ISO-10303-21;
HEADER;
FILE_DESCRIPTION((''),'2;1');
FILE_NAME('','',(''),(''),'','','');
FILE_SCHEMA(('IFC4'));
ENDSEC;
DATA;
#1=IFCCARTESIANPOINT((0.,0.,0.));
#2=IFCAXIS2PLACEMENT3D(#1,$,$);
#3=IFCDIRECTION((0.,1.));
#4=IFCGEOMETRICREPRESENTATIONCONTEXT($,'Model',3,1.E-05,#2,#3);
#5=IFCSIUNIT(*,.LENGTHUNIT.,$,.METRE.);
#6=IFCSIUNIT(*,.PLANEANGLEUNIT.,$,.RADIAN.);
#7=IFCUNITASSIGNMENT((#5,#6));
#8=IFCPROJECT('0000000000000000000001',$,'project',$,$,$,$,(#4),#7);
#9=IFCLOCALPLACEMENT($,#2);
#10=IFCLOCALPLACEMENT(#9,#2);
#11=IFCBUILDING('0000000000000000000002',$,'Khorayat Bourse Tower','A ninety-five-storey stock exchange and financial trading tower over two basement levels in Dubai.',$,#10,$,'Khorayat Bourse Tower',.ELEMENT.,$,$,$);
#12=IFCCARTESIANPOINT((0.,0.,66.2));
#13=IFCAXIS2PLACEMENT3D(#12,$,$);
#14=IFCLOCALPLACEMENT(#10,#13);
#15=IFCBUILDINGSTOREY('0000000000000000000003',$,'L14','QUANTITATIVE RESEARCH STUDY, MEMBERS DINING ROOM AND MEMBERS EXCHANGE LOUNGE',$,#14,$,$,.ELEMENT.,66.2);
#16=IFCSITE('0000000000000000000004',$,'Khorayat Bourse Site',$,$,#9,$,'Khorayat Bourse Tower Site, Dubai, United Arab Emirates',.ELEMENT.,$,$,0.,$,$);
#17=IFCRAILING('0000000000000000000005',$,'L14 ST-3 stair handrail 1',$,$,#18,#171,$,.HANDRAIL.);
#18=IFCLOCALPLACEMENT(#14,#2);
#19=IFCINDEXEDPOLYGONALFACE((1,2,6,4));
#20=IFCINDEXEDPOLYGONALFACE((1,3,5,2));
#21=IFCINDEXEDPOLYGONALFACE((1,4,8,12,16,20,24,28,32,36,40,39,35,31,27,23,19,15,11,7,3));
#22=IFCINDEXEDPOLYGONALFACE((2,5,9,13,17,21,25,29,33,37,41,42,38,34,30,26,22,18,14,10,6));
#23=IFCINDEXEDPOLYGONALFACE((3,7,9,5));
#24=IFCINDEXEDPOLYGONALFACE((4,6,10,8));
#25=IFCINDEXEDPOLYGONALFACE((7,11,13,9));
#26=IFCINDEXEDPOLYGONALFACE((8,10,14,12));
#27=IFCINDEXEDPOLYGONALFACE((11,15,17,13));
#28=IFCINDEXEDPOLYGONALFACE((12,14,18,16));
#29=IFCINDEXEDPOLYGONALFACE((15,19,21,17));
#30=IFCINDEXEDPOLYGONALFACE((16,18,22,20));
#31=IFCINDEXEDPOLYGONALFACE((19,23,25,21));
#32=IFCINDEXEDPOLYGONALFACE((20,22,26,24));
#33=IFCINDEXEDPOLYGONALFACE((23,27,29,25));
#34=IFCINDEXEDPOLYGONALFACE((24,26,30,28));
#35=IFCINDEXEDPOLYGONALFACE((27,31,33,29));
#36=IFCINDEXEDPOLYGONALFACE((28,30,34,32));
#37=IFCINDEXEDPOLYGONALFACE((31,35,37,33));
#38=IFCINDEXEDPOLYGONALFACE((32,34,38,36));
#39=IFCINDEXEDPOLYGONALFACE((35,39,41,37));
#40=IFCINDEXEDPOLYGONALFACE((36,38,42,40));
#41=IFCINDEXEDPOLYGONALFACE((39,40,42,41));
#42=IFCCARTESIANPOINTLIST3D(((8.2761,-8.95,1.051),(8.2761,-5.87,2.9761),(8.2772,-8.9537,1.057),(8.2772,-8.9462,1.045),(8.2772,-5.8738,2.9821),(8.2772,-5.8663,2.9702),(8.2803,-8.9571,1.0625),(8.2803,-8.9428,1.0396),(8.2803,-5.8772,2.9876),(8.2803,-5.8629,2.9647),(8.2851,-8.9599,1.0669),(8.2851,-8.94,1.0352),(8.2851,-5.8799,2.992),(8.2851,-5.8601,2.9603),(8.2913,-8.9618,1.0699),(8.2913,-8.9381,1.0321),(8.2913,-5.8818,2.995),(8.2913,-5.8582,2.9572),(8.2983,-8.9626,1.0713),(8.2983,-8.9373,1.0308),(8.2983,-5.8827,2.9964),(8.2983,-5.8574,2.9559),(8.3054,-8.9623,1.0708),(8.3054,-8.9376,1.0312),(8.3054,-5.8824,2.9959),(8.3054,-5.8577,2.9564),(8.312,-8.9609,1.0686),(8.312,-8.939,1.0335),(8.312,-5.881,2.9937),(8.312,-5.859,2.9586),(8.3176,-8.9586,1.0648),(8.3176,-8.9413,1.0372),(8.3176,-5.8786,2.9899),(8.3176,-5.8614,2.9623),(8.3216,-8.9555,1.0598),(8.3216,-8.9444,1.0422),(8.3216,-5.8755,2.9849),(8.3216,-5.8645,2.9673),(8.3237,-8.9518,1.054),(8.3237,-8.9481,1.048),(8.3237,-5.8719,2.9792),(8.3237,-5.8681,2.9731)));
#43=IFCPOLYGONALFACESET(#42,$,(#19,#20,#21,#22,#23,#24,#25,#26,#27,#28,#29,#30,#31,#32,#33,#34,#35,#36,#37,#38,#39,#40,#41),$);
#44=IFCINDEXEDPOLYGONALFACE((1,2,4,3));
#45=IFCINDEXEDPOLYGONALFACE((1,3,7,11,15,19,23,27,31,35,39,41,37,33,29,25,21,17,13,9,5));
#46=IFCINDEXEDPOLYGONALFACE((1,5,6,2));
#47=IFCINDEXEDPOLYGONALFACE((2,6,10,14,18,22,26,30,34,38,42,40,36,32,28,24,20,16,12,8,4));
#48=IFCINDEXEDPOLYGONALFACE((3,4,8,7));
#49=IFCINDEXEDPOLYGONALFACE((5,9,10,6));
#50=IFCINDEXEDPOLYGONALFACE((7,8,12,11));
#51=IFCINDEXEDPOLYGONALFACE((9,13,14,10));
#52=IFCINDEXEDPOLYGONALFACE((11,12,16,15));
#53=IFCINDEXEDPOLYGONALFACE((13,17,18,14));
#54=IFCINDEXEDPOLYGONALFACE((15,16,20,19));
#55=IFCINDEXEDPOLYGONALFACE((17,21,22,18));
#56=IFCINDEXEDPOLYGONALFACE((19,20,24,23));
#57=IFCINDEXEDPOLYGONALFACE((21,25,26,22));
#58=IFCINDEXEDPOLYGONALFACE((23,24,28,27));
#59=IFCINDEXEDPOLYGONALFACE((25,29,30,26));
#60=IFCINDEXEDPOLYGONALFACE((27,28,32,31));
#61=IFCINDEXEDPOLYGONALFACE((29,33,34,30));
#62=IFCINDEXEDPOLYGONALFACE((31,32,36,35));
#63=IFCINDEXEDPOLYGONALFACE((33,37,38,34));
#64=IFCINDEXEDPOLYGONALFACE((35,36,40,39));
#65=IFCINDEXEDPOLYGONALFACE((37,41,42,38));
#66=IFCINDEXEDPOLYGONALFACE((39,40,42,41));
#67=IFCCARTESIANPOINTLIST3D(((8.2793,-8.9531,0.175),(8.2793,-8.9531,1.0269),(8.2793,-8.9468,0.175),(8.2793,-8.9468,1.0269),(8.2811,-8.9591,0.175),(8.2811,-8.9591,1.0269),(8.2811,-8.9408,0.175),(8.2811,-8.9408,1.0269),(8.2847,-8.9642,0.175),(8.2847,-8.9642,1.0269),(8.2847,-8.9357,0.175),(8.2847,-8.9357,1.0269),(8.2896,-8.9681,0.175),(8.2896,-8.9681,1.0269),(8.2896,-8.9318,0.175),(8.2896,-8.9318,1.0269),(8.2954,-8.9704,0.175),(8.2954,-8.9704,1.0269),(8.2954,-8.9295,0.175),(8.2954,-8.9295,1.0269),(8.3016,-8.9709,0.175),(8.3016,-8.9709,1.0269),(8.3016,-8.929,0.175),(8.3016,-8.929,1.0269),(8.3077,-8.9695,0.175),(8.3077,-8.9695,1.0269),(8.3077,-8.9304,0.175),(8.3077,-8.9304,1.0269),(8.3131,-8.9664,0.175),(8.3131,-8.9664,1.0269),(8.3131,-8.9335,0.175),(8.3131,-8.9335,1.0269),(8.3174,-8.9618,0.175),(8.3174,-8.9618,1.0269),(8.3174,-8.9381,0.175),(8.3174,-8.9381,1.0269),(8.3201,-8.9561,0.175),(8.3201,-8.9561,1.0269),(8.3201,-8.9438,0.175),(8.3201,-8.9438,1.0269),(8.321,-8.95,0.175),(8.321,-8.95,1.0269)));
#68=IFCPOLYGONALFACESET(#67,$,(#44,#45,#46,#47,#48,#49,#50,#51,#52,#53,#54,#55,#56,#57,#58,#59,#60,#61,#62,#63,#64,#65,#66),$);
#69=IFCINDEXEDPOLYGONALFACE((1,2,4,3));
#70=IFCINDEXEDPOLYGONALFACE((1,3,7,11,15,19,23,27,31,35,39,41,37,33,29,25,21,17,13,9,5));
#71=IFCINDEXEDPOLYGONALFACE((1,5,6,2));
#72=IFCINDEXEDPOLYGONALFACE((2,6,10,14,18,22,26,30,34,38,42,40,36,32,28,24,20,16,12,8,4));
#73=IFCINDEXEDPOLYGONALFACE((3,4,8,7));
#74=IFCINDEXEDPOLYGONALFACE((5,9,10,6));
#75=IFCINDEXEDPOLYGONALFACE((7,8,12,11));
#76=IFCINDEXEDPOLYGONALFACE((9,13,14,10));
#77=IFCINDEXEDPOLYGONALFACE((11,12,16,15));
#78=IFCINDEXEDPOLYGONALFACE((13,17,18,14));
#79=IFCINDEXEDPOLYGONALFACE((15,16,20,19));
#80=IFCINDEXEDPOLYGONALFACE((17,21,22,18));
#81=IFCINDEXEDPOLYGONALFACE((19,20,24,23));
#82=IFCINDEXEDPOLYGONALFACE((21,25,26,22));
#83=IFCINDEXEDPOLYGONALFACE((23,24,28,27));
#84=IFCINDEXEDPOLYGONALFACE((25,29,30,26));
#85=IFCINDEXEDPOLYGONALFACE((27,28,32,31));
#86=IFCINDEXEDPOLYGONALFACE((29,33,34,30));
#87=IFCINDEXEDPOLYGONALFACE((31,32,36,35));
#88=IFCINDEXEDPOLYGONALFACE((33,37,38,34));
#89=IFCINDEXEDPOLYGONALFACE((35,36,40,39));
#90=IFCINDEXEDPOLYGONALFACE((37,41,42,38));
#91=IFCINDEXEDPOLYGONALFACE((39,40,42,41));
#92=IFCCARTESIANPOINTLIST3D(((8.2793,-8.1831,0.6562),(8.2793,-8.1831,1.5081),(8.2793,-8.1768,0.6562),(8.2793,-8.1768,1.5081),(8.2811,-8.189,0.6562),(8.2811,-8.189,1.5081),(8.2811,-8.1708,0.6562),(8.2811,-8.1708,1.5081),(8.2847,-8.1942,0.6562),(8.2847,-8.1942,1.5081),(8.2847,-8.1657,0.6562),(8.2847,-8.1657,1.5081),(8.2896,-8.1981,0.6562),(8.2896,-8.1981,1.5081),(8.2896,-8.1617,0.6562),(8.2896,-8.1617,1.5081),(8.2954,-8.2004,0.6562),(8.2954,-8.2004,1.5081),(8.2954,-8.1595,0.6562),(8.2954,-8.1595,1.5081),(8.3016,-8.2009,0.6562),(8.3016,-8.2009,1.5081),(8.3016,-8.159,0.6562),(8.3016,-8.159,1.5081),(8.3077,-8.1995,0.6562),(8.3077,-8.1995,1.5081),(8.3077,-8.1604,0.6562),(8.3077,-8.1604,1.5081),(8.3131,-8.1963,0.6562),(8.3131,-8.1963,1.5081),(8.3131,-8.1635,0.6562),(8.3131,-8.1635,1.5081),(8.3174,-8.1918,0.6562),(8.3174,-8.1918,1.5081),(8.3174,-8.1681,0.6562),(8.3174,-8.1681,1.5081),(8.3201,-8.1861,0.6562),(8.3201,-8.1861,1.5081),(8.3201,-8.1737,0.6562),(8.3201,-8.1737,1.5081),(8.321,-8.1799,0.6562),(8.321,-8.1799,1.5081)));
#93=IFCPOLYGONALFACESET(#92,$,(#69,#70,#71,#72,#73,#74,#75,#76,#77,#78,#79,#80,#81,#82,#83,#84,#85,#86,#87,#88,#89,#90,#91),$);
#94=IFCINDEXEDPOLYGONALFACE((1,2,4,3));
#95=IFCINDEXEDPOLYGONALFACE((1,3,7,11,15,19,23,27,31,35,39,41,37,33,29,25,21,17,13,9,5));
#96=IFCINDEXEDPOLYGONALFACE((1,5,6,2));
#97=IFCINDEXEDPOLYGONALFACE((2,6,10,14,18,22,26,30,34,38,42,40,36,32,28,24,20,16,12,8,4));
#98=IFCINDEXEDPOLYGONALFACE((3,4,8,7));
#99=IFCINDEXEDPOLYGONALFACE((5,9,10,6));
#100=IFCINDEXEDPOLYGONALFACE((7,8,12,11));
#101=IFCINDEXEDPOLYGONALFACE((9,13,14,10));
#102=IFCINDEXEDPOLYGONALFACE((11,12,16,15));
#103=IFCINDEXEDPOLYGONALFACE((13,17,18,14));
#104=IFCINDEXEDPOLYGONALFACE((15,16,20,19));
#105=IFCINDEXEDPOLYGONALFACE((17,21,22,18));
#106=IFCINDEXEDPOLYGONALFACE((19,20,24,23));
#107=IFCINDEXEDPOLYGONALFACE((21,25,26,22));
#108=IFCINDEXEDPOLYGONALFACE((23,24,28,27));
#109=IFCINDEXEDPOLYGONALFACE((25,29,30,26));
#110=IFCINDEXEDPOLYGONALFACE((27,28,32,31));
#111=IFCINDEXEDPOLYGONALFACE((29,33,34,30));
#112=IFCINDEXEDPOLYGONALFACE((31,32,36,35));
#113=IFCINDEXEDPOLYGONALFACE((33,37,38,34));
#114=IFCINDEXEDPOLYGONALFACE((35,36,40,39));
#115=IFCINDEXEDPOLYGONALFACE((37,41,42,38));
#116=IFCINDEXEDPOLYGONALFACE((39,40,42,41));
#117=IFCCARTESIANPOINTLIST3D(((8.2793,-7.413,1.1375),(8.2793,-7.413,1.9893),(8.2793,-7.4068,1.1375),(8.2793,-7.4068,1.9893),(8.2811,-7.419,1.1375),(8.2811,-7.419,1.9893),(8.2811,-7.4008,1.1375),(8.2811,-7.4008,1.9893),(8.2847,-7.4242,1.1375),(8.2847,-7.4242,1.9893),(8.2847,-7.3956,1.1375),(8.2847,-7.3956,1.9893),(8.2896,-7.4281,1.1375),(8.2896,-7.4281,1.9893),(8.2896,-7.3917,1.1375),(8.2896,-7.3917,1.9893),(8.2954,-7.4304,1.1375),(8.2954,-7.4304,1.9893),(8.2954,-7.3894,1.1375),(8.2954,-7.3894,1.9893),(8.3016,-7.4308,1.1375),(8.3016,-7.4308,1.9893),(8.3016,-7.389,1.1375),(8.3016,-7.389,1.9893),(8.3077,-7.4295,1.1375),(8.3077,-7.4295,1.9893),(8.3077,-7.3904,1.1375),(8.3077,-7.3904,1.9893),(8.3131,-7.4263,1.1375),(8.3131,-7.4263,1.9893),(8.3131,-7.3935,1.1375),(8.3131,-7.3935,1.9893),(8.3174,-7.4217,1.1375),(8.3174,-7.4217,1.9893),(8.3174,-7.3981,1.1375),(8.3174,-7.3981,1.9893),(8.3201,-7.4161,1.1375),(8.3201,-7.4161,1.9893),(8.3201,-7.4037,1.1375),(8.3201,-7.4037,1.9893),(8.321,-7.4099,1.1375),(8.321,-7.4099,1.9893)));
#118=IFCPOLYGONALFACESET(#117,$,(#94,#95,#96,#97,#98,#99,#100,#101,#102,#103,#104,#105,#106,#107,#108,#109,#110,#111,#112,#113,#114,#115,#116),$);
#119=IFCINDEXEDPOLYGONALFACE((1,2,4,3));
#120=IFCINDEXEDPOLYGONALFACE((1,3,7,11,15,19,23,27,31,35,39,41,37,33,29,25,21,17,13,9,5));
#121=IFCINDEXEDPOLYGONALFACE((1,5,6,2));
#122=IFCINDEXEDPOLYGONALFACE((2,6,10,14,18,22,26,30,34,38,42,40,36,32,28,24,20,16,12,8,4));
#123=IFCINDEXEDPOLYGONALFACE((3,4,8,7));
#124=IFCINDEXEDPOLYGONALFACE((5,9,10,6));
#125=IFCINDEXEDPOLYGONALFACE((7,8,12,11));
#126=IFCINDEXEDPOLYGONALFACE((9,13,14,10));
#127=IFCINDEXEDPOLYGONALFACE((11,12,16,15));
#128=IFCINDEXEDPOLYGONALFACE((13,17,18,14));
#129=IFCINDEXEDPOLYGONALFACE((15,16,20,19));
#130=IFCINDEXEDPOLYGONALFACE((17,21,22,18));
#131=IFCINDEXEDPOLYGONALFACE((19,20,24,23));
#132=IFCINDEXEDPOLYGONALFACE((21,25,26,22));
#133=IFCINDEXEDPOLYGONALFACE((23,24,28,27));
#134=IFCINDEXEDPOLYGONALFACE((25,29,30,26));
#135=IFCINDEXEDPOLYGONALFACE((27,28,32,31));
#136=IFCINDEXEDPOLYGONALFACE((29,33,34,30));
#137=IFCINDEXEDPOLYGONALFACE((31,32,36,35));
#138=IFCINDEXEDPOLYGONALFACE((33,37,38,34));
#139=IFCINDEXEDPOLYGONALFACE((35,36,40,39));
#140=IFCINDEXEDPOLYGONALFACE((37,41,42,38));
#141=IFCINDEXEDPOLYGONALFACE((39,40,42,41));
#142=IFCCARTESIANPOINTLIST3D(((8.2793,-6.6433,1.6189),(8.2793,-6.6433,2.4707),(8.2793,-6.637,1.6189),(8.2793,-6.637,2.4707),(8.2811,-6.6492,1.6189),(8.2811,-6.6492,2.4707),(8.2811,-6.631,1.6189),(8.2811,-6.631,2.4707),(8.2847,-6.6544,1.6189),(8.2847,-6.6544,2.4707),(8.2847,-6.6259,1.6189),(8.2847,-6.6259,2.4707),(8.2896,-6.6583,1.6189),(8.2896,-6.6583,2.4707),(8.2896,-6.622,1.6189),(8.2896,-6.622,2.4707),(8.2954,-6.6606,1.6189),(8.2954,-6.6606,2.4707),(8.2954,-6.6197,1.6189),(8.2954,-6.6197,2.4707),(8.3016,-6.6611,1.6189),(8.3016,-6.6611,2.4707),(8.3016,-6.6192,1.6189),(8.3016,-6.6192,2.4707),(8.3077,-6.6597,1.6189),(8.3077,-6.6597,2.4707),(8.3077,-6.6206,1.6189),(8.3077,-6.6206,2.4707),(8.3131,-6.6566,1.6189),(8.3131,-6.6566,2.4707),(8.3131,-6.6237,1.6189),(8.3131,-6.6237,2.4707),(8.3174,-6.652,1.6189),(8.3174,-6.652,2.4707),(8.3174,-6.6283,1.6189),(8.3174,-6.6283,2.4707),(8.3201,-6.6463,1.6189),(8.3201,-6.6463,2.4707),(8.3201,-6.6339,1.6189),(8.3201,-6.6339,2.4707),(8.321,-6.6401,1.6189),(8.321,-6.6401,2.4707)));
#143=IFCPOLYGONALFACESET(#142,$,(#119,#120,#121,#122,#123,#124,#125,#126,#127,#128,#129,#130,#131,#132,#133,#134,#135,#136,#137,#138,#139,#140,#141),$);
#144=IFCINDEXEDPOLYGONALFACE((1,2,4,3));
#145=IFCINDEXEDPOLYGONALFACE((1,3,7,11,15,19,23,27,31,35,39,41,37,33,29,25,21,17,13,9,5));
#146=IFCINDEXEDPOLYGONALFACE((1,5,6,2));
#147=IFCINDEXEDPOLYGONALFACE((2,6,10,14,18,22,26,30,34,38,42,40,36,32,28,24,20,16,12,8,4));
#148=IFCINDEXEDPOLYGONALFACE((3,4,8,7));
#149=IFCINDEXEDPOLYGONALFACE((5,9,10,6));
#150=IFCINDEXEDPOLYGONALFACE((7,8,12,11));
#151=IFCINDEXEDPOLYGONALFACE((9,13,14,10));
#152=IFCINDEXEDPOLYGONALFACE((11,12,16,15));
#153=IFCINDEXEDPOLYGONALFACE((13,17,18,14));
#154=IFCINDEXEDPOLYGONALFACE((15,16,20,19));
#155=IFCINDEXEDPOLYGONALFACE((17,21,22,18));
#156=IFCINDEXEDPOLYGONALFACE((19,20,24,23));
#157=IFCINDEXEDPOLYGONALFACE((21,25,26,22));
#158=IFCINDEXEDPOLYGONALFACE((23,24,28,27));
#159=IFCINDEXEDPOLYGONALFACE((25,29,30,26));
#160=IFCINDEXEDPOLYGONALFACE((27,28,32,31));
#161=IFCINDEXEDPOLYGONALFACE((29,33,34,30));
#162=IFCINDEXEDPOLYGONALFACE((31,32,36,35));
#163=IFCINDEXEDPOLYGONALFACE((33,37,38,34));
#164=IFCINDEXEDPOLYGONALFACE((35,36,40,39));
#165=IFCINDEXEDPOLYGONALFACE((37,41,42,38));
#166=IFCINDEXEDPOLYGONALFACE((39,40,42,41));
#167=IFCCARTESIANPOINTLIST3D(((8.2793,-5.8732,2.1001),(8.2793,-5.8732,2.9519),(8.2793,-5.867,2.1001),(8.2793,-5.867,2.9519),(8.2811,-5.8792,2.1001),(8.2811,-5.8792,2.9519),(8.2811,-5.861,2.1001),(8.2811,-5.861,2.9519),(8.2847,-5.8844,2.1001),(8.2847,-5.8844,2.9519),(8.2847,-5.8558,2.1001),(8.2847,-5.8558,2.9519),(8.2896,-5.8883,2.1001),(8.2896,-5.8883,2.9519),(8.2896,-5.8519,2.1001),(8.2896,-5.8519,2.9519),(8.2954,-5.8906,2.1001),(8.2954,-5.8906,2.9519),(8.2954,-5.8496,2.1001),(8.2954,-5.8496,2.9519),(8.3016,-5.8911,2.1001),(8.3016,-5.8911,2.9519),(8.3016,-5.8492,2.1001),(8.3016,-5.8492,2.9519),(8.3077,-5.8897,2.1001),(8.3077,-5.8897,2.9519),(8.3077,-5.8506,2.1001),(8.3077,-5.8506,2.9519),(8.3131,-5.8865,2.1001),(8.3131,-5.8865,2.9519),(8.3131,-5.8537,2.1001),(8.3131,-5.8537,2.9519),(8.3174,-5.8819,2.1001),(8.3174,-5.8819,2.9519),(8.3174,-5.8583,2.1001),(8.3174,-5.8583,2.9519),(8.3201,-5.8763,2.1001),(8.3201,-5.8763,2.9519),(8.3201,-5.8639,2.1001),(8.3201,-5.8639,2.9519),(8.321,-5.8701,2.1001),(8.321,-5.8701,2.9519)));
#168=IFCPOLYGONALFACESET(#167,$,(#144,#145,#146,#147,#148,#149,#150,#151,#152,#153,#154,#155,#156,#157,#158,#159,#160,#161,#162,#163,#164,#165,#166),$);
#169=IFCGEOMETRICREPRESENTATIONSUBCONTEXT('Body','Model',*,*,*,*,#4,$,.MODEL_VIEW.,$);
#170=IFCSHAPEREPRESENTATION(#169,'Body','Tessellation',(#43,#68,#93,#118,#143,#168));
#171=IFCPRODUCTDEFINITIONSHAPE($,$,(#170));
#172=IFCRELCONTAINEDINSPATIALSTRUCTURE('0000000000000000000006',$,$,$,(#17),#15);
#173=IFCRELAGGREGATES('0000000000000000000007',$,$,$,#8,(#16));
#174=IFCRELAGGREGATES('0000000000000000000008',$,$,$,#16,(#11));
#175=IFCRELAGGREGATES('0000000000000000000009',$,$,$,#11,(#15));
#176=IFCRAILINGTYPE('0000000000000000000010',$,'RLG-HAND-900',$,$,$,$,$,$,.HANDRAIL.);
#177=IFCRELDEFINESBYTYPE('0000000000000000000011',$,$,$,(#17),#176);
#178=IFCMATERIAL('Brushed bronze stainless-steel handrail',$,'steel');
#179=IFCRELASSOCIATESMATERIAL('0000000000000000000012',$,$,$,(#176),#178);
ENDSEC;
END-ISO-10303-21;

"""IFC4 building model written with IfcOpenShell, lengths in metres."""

from ifc_helpers import new_model, si_unit, direction, frame, origin, origin_2d, place, context, subcontext, project, spatial, circle, extrude, source, transform, mapped, material, type_object, element, save


model = new_model("IFC4")

# Units and contexts
model_context = context("Model", 3, precision=1e-05, world=origin(), true_north=direction((0.0, 1.0)))
body_context = subcontext(model_context, "Body", "Model", "MODEL_VIEW")
ifc_project = project(units=[si_unit("LENGTHUNIT", "METRE"), si_unit("PLANEANGLEUNIT", "RADIAN")], contexts=[model_context])

# Site, building, storey
site_placement = place(None, origin())
site = spatial("IfcSite", under=ifc_project, at=site_placement, Name="Khorayat Bourse Site", LongName="Khorayat Bourse Tower Site, Dubai, United Arab Emirates", CompositionType="ELEMENT", RefElevation=0.0)
building_placement = place(site_placement, origin())
building = spatial("IfcBuilding", under=site, at=building_placement, Name="Khorayat Bourse Tower", Description="A ninety-five-storey stock exchange and financial trading tower over two basement levels in Dubai.", LongName="Khorayat Bourse Tower", CompositionType="ELEMENT")
storey_placement = place(building_placement, frame((0.0, 0.0, 66.2)))
storey = spatial("IfcBuildingStorey", under=building, at=storey_placement, Name="L14", Description="QUANTITATIVE RESEARCH STUDY, MEMBERS DINING ROOM AND MEMBERS EXCHANGE LOUNGE", CompositionType="ELEMENT", Elevation=66.2)

# Railing
ifc_material_1 = material(Name="Brushed bronze stainless-steel handrail", Category="steel")
railing_type_1 = type_object("IfcRailingType", Name="RLG-HAND-900", PredefinedType="HANDRAIL", material=ifc_material_1)
shared_shape_1 = source(origin(), body_context, "Body", "SweptSolid", [
    extrude(circle(Radius=0.0239, at=origin_2d()), frame((0.0, 0.0, 0.876), z_axis=(0.0, 0.847979, 0.530029), x_axis=(-1.0, 0.0, 0.0)), (0.0, 0.0, 1.0), 3.6321),
    extrude(circle(Radius=0.021, at=origin_2d()), origin(), (0.0, 0.0, 1.0), 0.8518),
    extrude(circle(Radius=0.021, at=origin_2d()), frame((0.0, 0.77, 0.4812)), (0.0, 0.0, 1.0), 0.8518),
    extrude(circle(Radius=0.021, at=origin_2d()), frame((0.0, 1.54, 0.9624)), (0.0, 0.0, 1.0), 0.8518),
    extrude(circle(Radius=0.021, at=origin_2d()), frame((0.0, 2.3098, 1.4438)), (0.0, 0.0, 1.0), 0.8518),
    extrude(circle(Radius=0.021, at=origin_2d()), frame((0.0, 3.0798, 1.925)), (0.0, 0.0, 1.0), 0.8518),
])
railing_1_placement = place(storey_placement, frame((8.3, -8.95, 0.175)))
element("IfcRailing", 1, at=railing_1_placement, inside=storey, type_object=railing_type_1, Name="L14 ST-3 stair handrail 1", PredefinedType="HANDRAIL", context=body_context, shape_type="MappedRepresentation", body=[
    mapped(shared_shape_1, transform((0.0, 0.0, 0.0), scale=1.0)),
])

save(model, "model.ifc")
